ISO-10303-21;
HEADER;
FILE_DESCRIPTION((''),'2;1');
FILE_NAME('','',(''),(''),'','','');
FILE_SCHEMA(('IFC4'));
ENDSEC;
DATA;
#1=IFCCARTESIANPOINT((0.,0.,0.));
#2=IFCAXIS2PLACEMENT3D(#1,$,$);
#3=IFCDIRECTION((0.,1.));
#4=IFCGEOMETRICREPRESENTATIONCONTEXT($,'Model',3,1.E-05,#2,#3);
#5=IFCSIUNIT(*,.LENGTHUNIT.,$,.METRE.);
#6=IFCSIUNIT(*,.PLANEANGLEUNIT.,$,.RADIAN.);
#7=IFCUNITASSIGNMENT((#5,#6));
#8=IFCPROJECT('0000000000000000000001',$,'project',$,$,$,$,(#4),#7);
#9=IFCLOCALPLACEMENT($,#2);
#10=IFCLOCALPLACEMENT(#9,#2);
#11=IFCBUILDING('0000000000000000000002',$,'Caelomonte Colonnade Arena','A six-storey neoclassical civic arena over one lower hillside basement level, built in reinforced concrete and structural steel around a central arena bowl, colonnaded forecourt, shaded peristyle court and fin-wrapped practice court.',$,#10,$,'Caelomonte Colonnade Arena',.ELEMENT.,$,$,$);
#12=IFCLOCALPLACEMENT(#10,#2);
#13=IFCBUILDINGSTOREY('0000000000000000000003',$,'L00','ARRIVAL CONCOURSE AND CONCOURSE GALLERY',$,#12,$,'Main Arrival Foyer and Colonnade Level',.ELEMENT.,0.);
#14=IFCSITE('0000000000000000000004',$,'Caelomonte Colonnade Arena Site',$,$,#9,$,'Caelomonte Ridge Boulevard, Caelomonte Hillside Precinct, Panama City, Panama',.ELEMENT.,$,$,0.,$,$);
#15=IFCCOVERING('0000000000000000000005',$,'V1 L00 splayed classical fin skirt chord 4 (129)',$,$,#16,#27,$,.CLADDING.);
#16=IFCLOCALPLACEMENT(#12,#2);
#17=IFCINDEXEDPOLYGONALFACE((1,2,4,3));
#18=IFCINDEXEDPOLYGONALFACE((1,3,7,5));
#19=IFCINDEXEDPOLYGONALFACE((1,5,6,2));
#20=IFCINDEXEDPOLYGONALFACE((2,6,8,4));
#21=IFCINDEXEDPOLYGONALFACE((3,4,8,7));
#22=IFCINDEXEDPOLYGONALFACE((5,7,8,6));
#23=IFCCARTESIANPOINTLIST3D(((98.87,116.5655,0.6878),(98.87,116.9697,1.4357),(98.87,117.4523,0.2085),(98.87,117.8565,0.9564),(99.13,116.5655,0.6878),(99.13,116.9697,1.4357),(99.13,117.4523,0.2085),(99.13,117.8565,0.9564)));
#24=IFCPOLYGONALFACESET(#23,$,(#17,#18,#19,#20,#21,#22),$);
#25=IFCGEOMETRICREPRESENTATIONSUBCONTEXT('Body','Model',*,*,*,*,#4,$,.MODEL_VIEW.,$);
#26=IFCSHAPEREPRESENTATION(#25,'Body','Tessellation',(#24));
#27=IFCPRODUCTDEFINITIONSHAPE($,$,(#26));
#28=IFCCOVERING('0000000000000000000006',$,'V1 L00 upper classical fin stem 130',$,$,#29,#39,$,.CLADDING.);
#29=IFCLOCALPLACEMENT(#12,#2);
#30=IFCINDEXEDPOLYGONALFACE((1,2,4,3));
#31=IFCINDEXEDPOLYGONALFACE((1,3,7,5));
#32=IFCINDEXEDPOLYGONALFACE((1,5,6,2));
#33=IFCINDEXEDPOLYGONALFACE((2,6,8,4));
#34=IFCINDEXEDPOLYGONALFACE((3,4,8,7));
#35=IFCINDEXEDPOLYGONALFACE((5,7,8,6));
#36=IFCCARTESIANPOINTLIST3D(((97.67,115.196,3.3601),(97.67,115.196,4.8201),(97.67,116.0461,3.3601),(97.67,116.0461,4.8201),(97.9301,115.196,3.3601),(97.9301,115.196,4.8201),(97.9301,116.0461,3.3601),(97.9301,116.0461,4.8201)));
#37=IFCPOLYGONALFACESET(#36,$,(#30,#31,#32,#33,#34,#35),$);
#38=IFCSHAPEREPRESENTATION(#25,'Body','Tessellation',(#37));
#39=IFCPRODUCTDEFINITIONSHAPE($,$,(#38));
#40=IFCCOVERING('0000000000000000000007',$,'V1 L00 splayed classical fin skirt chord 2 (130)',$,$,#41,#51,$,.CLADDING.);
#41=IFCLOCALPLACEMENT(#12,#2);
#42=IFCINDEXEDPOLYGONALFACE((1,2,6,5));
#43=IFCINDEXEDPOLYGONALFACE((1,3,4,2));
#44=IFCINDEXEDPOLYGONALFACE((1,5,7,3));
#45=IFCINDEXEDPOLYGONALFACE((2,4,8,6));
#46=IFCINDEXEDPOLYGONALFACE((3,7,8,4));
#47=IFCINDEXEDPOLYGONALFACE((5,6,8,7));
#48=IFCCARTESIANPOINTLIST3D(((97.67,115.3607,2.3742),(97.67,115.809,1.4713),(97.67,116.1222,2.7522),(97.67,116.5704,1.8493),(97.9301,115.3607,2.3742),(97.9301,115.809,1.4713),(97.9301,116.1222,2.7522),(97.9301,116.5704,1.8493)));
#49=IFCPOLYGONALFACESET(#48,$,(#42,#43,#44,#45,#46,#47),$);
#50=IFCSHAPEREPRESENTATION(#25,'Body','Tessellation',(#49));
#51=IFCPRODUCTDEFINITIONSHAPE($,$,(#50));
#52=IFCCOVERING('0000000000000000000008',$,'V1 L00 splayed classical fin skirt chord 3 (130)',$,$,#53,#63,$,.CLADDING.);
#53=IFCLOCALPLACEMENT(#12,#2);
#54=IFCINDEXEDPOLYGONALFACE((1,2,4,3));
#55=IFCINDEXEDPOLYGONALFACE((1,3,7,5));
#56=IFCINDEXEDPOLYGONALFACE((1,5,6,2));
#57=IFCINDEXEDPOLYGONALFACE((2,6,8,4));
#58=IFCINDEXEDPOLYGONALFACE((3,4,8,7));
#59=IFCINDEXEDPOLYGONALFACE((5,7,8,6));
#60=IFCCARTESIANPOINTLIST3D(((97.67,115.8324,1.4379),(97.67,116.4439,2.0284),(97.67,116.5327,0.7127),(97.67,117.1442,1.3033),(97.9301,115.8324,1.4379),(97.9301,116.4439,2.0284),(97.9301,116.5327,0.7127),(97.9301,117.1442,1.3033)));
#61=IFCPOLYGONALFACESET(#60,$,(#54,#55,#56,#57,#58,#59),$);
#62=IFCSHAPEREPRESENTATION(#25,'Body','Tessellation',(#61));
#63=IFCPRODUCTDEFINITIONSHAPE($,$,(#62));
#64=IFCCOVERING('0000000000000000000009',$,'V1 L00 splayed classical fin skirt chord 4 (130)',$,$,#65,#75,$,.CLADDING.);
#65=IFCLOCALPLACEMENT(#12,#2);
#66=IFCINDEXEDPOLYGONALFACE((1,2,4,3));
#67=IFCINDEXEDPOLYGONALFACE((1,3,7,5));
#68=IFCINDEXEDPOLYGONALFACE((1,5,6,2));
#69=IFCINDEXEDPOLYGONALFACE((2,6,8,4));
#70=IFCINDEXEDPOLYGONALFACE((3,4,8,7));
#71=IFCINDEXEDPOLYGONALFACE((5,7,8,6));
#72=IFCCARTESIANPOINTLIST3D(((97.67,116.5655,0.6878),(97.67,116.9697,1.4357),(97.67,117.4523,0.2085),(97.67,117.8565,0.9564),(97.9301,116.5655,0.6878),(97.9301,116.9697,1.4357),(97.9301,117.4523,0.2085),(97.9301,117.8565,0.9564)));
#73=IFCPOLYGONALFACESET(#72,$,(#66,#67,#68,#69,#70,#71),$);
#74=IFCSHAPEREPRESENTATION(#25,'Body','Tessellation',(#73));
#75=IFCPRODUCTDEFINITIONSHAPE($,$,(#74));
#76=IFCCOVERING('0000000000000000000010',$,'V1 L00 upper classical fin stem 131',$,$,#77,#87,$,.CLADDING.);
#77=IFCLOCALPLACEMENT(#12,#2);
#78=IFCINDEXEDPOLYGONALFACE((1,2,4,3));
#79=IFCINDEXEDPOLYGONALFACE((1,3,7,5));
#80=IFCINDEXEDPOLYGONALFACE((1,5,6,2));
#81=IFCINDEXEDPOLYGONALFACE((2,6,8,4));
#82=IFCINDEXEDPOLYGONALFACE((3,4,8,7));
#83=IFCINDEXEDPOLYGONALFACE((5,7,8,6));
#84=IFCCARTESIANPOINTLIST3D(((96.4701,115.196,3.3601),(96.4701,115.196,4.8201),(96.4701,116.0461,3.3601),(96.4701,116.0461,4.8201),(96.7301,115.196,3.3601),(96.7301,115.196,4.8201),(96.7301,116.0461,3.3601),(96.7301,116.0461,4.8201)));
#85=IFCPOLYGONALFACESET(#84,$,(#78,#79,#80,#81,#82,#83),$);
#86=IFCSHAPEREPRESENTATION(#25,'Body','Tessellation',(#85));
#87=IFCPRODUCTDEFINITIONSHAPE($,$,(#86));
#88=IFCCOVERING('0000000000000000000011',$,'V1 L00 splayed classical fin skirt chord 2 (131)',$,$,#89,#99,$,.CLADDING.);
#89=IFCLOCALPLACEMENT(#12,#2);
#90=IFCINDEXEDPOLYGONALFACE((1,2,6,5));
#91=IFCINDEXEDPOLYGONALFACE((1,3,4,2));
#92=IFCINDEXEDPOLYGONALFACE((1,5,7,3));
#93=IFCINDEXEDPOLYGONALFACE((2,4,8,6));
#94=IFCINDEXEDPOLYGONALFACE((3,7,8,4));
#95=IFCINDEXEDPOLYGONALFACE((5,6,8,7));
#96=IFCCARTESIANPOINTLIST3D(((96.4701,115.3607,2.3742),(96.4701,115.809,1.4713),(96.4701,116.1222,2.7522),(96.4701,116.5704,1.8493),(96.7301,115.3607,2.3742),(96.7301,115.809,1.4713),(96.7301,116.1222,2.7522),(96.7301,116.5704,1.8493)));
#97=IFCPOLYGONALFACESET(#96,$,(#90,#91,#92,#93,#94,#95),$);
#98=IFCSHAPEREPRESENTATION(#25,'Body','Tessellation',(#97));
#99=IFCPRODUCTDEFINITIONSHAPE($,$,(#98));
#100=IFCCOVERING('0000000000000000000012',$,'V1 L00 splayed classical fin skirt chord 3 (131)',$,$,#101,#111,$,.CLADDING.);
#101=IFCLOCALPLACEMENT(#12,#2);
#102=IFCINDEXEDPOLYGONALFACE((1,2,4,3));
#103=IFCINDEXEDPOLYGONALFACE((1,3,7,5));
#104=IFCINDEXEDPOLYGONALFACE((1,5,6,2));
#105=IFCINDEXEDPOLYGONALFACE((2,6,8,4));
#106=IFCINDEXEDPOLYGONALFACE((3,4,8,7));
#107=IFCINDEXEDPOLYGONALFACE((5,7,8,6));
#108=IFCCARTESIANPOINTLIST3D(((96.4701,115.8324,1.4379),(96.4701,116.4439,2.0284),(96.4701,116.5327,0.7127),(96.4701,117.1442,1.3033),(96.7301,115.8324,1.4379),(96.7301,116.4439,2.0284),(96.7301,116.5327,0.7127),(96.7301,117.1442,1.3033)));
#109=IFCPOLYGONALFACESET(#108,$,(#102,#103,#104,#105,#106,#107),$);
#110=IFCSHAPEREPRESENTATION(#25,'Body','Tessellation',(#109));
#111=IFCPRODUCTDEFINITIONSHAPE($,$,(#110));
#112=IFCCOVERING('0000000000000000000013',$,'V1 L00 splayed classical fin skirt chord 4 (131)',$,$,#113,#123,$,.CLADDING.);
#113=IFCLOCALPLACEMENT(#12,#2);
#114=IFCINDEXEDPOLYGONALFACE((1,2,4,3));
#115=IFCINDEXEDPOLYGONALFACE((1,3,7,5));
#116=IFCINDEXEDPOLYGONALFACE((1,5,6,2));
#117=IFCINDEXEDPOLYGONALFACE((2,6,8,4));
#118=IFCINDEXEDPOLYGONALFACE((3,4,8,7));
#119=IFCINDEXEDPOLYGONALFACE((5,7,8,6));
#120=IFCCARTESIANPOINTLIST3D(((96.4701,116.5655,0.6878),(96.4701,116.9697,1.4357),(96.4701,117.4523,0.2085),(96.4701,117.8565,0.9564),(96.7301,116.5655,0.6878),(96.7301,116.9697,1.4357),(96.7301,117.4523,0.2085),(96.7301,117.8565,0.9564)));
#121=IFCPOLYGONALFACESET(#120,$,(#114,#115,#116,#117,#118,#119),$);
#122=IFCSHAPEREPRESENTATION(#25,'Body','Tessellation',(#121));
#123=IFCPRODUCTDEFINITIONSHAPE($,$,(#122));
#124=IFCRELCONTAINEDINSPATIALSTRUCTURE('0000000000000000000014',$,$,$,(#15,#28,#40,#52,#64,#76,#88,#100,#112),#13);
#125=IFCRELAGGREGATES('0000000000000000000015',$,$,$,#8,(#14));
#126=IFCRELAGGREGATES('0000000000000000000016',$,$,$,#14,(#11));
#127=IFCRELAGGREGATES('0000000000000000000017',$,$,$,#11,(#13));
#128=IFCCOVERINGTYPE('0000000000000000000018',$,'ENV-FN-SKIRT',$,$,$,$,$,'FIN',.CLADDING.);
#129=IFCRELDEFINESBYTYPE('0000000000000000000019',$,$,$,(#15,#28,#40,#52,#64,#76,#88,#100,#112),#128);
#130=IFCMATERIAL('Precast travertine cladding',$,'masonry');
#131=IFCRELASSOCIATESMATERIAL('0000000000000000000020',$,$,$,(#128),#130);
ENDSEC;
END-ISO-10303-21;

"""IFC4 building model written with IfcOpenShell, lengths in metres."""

from ifc_helpers import new_model, si_unit, direction, frame, origin, origin_2d, place, context, subcontext, project, spatial, rectangle, extrude, material, material_profile, profile_set, type_object, element, save


model = new_model("IFC4")

# Units and contexts
model_context = context("Model", 3, precision=1e-05, world=origin(), true_north=direction((0.0, 1.0)))
body_context = subcontext(model_context, "Body", "Model", "MODEL_VIEW")
ifc_project = project(units=[si_unit("LENGTHUNIT", "METRE"), si_unit("PLANEANGLEUNIT", "RADIAN")], contexts=[model_context])

# Site, building, storey
site_placement = place(None, origin())
site = spatial("IfcSite", under=ifc_project, at=site_placement, Name="Caelomonte Colonnade Arena Site", LongName="Caelomonte Ridge Boulevard, Caelomonte Hillside Precinct, Panama City, Panama", CompositionType="ELEMENT", RefElevation=0.0)
building_placement = place(site_placement, origin())
building = spatial("IfcBuilding", under=site, at=building_placement, Name="Caelomonte Colonnade Arena", Description="A six-storey neoclassical civic arena over one lower hillside basement level, built in reinforced concrete and structural steel around a central arena bowl, colonnaded forecourt, shaded peristyle court and fin-wrapped practice court.", LongName="Caelomonte Colonnade Arena", CompositionType="ELEMENT")
storey_placement = place(building_placement, origin())
storey = spatial("IfcBuildingStorey", under=building, at=storey_placement, Name="L00", Description="ARRIVAL CONCOURSE AND CONCOURSE GALLERY", LongName="Main Arrival Foyer and Colonnade Level", CompositionType="ELEMENT", Elevation=0.0)

# Coverings
ifc_material_1 = material(Name="Precast travertine cladding", Category="masonry")
ifc_material_profile_1 = material_profile(ifc_material_1, rectangle(XDim=0.26, YDim=0.8501, at=origin_2d()), Name="FIN260X850")
ifc_profile_set_1 = profile_set([ifc_material_profile_1], Name="Precast travertine cladding")
covering_type = type_object("IfcCoveringType", Name="ENV-FN-SKIRT", ElementType="FIN", PredefinedType="CLADDING", material=ifc_profile_set_1)
for number, where, z_axis, x_axis, name in (
    (1, (99.0, 116.7676, 1.0618), (0.0, 0.879731, -0.475471), (-1.0, 0.0, 0.0), "V1 L00 splayed classical fin skirt chord 4 (129)"),
):
    element("IfcCovering", number, at=place(storey_placement, frame(where, z_axis=z_axis, x_axis=x_axis)), inside=storey, type_object=covering_type, Name=name, PredefinedType="CLADDING", context=body_context, shape_type="SweptSolid", body=[
        extrude(rectangle(XDim=0.26, YDim=0.8501, at=origin_2d()), origin(), (0.0, 0.0, 1.0), 1.0081),
    ])
covering_1_placement = place(storey_placement, frame((97.8, 115.6211, 3.3601), z_axis=(0.0, 0.0, 1.0), x_axis=(1.0, 0.0, 0.0)))
element("IfcCovering", 2, at=covering_1_placement, inside=storey, type_object=covering_type, Name="V1 L00 upper classical fin stem 130", PredefinedType="CLADDING", context=body_context, shape_type="SweptSolid", body=[
    extrude(rectangle(XDim=0.26, YDim=0.8501, at=origin_2d()), origin(), (0.0, 0.0, 1.0), 1.46),
])
for number, where, z_axis, x_axis, name in (
    (3, (97.8, 115.7415, 2.5632), (0.0, 0.444693, -0.895683), (-1.0, 0.0, 0.0), "V1 L00 splayed classical fin skirt chord 2 (130)"),
    (4, (97.8, 116.1382, 1.7332), (0.0, 0.694646, -0.719351), (-1.0, 0.0, 0.0), "V1 L00 splayed classical fin skirt chord 3 (130)"),
    (5, (97.8, 116.7676, 1.0618), (0.0, 0.879731, -0.475471), (-1.0, 0.0, 0.0), "V1 L00 splayed classical fin skirt chord 4 (130)"),
):
    element("IfcCovering", number, at=place(storey_placement, frame(where, z_axis=z_axis, x_axis=x_axis)), inside=storey, type_object=covering_type, Name=name, PredefinedType="CLADDING", context=body_context, shape_type="SweptSolid", body=[
        extrude(rectangle(XDim=0.26, YDim=0.8501, at=origin_2d()), origin(), (0.0, 0.0, 1.0), 1.0081),
    ])
covering_2_placement = place(storey_placement, frame((96.6001, 115.6211, 3.3601), z_axis=(0.0, 0.0, 1.0), x_axis=(1.0, 0.0, 0.0)))
element("IfcCovering", 6, at=covering_2_placement, inside=storey, type_object=covering_type, Name="V1 L00 upper classical fin stem 131", PredefinedType="CLADDING", context=body_context, shape_type="SweptSolid", body=[
    extrude(rectangle(XDim=0.26, YDim=0.8501, at=origin_2d()), origin(), (0.0, 0.0, 1.0), 1.46),
])
for number, where, z_axis, x_axis, name in (
    (7, (96.6001, 115.7415, 2.5632), (0.0, 0.444693, -0.895683), (-1.0, 0.0, 0.0), "V1 L00 splayed classical fin skirt chord 2 (131)"),
    (8, (96.6001, 116.1382, 1.7332), (0.0, 0.694646, -0.719351), (-1.0, 0.0, 0.0), "V1 L00 splayed classical fin skirt chord 3 (131)"),
    (9, (96.6001, 116.7676, 1.0618), (0.0, 0.879731, -0.475471), (-1.0, 0.0, 0.0), "V1 L00 splayed classical fin skirt chord 4 (131)"),
):
    element("IfcCovering", number, at=place(storey_placement, frame(where, z_axis=z_axis, x_axis=x_axis)), inside=storey, type_object=covering_type, Name=name, PredefinedType="CLADDING", context=body_context, shape_type="SweptSolid", body=[
        extrude(rectangle(XDim=0.26, YDim=0.8501, at=origin_2d()), origin(), (0.0, 0.0, 1.0), 1.0081),
    ])

save(model, "model.ifc")
